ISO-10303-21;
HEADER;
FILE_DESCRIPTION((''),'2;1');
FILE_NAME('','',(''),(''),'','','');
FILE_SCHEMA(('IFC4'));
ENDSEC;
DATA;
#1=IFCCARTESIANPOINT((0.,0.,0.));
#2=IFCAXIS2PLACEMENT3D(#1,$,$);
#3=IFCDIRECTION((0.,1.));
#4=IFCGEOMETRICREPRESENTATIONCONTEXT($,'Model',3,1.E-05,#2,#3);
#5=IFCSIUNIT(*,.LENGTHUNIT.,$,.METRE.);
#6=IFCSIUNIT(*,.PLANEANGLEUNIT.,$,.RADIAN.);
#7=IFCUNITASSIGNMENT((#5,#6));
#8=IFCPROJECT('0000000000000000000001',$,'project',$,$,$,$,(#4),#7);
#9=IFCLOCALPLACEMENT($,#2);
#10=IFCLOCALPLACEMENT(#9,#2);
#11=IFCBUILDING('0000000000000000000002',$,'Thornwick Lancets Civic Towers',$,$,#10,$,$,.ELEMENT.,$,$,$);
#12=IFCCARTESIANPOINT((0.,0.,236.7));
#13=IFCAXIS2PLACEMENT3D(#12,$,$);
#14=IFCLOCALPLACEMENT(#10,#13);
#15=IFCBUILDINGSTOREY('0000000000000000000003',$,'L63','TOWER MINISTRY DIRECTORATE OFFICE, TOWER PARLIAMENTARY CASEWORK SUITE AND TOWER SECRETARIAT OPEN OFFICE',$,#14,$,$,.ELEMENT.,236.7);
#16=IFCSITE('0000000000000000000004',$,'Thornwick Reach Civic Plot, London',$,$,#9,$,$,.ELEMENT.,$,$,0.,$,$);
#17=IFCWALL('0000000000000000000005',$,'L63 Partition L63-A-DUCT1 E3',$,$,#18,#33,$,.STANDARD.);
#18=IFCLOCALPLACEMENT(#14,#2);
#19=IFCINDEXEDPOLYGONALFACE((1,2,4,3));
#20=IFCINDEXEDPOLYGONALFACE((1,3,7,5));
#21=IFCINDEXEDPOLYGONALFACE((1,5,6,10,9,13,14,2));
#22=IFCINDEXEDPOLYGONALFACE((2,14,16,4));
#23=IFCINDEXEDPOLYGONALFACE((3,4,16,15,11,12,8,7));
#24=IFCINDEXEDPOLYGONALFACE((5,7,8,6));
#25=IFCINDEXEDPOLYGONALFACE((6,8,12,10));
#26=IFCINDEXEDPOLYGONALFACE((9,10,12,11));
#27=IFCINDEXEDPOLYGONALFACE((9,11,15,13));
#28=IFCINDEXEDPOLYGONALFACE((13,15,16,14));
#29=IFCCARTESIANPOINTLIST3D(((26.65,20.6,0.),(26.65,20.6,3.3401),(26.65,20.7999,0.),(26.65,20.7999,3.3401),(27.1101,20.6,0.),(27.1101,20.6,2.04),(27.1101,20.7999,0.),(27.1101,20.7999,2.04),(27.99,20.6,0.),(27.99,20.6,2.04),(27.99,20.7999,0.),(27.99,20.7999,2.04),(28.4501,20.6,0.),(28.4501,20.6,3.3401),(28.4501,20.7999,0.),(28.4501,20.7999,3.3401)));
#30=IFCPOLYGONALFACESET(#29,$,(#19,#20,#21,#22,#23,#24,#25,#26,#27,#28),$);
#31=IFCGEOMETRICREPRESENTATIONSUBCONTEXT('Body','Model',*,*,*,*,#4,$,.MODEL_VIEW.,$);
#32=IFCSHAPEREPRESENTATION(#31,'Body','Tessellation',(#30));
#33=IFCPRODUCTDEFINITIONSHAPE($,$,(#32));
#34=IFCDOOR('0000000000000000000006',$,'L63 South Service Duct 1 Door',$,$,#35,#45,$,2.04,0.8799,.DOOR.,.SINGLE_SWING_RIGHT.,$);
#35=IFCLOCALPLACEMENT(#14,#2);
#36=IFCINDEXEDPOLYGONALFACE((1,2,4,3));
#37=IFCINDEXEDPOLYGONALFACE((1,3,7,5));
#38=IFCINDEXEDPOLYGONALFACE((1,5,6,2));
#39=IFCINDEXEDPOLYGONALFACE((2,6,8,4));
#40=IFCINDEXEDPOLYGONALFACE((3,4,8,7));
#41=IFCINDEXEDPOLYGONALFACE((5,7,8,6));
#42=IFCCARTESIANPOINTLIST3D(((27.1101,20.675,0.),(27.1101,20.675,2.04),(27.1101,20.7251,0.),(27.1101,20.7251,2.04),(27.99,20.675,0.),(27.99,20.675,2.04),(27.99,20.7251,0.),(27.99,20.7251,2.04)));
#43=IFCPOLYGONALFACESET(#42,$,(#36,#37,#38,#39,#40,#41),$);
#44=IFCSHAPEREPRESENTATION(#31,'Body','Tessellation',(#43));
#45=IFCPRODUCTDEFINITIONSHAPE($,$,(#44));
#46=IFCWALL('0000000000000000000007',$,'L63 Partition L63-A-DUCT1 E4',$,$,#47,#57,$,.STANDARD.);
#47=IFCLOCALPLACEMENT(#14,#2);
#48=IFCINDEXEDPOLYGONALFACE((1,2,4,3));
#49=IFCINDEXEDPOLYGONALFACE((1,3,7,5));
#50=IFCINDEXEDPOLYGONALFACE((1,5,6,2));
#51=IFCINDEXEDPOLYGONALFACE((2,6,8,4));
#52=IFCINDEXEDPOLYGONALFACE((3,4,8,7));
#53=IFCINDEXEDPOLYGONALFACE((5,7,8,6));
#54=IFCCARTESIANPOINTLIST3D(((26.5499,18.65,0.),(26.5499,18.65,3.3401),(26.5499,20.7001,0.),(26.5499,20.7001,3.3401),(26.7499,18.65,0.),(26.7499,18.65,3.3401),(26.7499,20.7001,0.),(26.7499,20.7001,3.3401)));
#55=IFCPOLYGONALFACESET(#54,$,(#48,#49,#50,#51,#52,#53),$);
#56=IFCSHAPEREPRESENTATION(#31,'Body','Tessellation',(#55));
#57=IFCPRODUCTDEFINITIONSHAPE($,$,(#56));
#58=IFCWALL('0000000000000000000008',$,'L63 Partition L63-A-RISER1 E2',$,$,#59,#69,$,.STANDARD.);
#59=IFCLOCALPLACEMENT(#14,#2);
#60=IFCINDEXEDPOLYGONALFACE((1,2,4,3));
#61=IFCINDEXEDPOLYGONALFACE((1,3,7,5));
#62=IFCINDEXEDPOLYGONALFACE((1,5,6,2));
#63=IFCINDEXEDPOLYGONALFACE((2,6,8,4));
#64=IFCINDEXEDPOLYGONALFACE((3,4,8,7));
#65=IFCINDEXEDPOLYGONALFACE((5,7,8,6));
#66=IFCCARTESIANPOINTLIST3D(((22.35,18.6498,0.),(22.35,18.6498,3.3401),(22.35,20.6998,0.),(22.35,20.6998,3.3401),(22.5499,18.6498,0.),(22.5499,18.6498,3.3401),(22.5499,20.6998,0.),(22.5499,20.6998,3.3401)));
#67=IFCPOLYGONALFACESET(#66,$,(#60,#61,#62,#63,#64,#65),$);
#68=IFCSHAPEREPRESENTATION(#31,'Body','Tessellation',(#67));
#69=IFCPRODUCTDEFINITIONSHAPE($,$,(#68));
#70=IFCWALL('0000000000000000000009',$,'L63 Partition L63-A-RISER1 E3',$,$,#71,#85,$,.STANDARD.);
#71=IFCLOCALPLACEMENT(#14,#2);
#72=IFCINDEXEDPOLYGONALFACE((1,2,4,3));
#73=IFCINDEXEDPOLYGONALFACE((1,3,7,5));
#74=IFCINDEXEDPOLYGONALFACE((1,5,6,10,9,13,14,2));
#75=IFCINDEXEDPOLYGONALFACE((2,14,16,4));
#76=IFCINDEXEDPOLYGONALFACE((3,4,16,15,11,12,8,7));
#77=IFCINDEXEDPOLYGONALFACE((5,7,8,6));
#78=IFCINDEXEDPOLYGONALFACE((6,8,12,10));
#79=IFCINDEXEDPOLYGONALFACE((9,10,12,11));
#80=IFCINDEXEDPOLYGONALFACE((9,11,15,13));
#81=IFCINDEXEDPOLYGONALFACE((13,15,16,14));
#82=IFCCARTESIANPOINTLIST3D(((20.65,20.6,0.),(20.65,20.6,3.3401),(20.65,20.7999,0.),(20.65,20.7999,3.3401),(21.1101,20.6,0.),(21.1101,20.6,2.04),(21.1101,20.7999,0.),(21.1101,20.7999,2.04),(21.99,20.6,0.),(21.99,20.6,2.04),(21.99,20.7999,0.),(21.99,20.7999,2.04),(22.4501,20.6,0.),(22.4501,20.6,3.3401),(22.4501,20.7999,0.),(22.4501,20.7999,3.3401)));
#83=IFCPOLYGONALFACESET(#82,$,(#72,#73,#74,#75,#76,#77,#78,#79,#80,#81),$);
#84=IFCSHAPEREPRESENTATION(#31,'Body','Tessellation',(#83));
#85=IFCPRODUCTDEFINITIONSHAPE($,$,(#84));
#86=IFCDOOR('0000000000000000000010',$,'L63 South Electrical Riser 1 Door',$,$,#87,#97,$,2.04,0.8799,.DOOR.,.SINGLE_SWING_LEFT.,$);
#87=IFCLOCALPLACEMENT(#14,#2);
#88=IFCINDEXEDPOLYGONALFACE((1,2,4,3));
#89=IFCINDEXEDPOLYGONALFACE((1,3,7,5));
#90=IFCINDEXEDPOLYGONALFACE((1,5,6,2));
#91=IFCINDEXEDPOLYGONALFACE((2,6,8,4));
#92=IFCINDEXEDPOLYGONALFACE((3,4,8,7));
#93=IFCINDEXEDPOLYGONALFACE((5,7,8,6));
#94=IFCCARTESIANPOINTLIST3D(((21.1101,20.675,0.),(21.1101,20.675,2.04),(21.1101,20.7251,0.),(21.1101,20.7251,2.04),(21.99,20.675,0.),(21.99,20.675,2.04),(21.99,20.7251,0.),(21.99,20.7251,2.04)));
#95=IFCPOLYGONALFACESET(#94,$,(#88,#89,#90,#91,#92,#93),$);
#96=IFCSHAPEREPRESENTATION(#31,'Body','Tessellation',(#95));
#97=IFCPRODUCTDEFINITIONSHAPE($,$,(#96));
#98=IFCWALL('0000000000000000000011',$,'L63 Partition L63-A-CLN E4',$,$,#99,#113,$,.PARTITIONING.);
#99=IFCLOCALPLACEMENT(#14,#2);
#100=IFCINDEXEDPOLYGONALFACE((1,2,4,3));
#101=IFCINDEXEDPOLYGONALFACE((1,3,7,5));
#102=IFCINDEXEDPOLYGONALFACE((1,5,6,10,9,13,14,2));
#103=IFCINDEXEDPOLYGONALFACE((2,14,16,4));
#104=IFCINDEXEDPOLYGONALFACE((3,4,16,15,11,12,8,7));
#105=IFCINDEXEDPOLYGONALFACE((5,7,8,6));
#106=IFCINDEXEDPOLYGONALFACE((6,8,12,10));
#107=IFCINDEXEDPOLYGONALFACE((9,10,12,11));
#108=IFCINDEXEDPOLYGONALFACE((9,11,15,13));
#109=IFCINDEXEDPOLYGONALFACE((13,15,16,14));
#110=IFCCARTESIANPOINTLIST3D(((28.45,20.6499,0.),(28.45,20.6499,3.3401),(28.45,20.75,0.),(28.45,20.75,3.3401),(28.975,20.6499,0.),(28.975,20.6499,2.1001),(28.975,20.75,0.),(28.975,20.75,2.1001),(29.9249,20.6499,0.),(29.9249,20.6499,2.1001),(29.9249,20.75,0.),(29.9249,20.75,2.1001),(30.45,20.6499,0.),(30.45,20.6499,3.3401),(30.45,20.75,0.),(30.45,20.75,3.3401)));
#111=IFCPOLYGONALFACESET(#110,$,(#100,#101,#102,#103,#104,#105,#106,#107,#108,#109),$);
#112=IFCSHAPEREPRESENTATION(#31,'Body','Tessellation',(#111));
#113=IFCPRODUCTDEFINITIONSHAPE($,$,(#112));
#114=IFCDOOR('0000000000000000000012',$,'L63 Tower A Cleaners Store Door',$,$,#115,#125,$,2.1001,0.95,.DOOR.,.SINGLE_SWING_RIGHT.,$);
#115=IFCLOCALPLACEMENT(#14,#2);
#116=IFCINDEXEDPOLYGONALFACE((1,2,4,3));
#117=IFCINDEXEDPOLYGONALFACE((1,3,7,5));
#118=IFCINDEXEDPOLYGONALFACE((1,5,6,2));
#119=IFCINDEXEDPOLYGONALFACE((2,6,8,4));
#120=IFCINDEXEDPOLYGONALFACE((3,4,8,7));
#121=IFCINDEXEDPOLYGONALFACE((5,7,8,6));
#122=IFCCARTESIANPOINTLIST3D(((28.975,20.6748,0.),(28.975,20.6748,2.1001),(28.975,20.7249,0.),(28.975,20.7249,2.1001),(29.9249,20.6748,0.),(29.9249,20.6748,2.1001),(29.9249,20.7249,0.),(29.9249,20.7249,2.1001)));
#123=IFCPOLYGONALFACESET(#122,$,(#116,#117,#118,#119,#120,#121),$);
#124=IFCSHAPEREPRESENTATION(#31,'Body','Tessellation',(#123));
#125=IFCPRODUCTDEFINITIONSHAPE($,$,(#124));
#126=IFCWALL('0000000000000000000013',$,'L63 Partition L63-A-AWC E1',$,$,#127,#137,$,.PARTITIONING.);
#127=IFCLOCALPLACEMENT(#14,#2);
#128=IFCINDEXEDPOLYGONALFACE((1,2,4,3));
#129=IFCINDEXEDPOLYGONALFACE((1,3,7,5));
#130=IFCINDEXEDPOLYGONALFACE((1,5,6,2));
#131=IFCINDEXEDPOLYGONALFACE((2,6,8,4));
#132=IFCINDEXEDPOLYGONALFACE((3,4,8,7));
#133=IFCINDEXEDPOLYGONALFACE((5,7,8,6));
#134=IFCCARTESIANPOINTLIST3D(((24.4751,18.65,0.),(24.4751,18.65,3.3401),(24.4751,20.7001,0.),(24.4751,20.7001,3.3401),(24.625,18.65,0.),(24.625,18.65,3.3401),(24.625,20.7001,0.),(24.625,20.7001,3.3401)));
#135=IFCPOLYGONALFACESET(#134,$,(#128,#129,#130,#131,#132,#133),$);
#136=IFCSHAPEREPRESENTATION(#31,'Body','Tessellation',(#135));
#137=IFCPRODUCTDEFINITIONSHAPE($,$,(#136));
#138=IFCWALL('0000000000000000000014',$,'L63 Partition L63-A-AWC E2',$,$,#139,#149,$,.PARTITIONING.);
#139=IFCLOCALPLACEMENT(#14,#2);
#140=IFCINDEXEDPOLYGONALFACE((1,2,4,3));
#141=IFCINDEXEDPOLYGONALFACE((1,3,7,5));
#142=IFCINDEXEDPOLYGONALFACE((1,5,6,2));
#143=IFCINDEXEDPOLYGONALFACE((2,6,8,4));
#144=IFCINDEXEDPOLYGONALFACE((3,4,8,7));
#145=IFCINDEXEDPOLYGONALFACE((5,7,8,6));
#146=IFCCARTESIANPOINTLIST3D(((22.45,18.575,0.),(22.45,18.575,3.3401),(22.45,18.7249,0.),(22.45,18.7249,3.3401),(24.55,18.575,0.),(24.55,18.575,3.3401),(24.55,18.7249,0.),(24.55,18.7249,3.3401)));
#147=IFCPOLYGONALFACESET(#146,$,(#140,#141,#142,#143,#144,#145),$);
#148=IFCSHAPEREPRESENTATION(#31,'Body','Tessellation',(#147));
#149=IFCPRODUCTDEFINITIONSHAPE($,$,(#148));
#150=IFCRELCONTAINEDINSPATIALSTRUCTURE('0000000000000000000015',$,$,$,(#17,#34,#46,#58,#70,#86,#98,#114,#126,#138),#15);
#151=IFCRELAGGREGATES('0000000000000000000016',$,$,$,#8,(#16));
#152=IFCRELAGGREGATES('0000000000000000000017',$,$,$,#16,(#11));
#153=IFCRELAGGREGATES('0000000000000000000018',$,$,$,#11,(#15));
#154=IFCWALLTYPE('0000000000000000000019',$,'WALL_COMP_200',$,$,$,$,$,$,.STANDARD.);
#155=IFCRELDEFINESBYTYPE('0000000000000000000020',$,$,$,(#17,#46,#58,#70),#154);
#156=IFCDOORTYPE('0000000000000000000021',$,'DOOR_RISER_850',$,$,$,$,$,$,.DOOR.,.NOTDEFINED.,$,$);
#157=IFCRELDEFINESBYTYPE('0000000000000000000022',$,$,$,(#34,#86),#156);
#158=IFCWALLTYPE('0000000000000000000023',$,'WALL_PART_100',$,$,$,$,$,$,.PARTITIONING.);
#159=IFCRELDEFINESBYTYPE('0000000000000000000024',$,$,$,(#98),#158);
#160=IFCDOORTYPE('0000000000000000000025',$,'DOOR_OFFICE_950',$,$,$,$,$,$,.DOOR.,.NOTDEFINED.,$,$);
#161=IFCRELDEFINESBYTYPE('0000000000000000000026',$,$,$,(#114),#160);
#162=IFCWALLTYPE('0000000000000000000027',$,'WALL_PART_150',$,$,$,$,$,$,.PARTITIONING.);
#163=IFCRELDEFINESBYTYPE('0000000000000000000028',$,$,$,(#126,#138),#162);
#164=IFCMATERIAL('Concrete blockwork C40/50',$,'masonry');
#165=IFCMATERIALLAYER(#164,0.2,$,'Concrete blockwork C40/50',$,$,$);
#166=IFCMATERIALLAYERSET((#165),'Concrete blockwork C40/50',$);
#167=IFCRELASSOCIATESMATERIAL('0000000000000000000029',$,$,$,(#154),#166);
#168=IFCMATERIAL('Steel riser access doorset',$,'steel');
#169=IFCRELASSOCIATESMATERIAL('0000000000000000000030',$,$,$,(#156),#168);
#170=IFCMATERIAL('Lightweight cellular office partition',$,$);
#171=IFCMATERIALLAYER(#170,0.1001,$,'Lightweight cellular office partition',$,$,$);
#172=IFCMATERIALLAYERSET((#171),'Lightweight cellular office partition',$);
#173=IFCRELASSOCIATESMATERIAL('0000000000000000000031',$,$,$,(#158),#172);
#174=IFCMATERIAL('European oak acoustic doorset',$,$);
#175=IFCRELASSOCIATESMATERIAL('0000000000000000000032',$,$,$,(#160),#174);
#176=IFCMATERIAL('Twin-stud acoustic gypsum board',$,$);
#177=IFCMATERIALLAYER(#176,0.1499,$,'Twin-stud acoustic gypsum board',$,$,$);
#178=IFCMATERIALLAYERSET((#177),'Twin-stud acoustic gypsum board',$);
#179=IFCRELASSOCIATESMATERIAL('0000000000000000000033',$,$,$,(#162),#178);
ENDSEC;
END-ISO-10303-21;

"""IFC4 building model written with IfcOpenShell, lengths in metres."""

from ifc_helpers import new_model, si_unit, direction, frame, frame_2d, origin, place, context, subcontext, project, spatial, rectangle, extrude, material, layer, layer_set, type_object, element, fill, save


model = new_model("IFC4")

# Units and contexts
model_context = context("Model", 3, precision=1e-05, world=origin(), true_north=direction((0.0, 1.0)))
body_context = subcontext(model_context, "Body", "Model", "MODEL_VIEW")
ifc_project = project(units=[si_unit("LENGTHUNIT", "METRE"), si_unit("PLANEANGLEUNIT", "RADIAN")], contexts=[model_context])

# Site, building, storey
site_placement = place(None, origin())
site = spatial("IfcSite", under=ifc_project, at=site_placement, Name="Thornwick Reach Civic Plot, London", CompositionType="ELEMENT", RefElevation=0.0)
building_placement = place(site_placement, origin())
building = spatial("IfcBuilding", under=site, at=building_placement, Name="Thornwick Lancets Civic Towers", CompositionType="ELEMENT")
storey_placement = place(building_placement, frame((0.0, 0.0, 236.7)))
storey = spatial("IfcBuildingStorey", under=building, at=storey_placement, Name="L63", Description="TOWER MINISTRY DIRECTORATE OFFICE, TOWER PARLIAMENTARY CASEWORK SUITE AND TOWER SECRETARIAT OPEN OFFICE", CompositionType="ELEMENT", Elevation=236.7)

# Shared definitions
ifc_material_1 = material(Name="Concrete blockwork C40/50", Category="masonry")
ifc_layer_1 = layer(ifc_material_1, 0.2, Name="Concrete blockwork C40/50")
ifc_layer_set_1 = layer_set([ifc_layer_1], Name="Concrete blockwork C40/50")
wall_type_1 = type_object("IfcWallType", Name="WALL_COMP_200", PredefinedType="STANDARD", material=ifc_layer_set_1)

# Wall, opening, door
wall_1_placement = place(storey_placement, frame((28.45, 20.7, 0.0), z_axis=(0.0, 0.0, 1.0), x_axis=(-1.0, 0.0, 0.0)))
wall_1 = element("IfcWall", 1, at=wall_1_placement, inside=storey, type_object=wall_type_1, Name="L63 Partition L63-A-DUCT1 E3", PredefinedType="STANDARD", context=body_context, shape_type="SweptSolid", body=[
    extrude(rectangle(XDim=1.8, YDim=0.2, at=frame_2d((0.8999, 0.0))), origin(), (0.0, 0.0, 1.0), 3.3401),
])
opening_1_placement = place(wall_1_placement, frame((0.46, 0.0, 0.0)))
opening_1 = element("IfcOpeningElement", 2, at=opening_1_placement, cuts=wall_1, PredefinedType="OPENING", context=body_context, shape_type="SweptSolid", body=[
    extrude(rectangle(XDim=0.8799, YDim=2.04, at=frame_2d((0.4399, 1.02))), frame((0.0, 0.1099, 0.0), z_axis=(0.0, -1.0, 0.0), x_axis=(1.0, 0.0, 0.0)), (0.0, 0.0, 1.0), 0.22),
])
ifc_material_2 = material(Name="Steel riser access doorset", Category="steel")
door_type_1 = type_object("IfcDoorType", Name="DOOR_RISER_850", OperationType="NOTDEFINED", PredefinedType="DOOR", material=ifc_material_2)
door_1_placement = place(opening_1_placement, origin())
door_1 = element("IfcDoor", 3, at=door_1_placement, inside=storey, type_object=door_type_1, Name="L63 South Service Duct 1 Door", OperationType="SINGLE_SWING_RIGHT", OverallHeight=2.04, OverallWidth=0.8799, PredefinedType="DOOR", context=body_context, shape_type="SweptSolid", body=[
    extrude(rectangle(XDim=0.8799, YDim=2.04, at=frame_2d((0.4399, 1.02))), frame((0.0, 0.0249, 0.0), z_axis=(0.0, -1.0, 0.0), x_axis=(1.0, 0.0, 0.0)), (0.0, 0.0, 1.0), 0.05),
])
fill(opening_1, door_1)

# Walls
for number, where, z_axis, x_axis, name in (
    (4, (26.6499, 20.7, 0.0), (0.0, 0.0, 1.0), (0.0, -1.0, 0.0), "L63 Partition L63-A-DUCT1 E4"),
    (5, (22.45, 18.6499, 0.0), (0.0, 0.0, 1.0), (0.0, 1.0, 0.0), "L63 Partition L63-A-RISER1 E2"),
):
    element("IfcWall", number, at=place(storey_placement, frame(where, z_axis=z_axis, x_axis=x_axis)), inside=storey, type_object=wall_type_1, Name=name, PredefinedType="STANDARD", context=body_context, shape_type="SweptSolid", body=[
        extrude(rectangle(XDim=2.05, YDim=0.2, at=frame_2d((1.0249, 0.0))), origin(), (0.0, 0.0, 1.0), 3.3401),
    ])

# Walls, openings, doors
wall_2_placement = place(storey_placement, frame((22.45, 20.7, 0.0), z_axis=(0.0, 0.0, 1.0), x_axis=(-1.0, 0.0, 0.0)))
wall_2 = element("IfcWall", 6, at=wall_2_placement, inside=storey, type_object=wall_type_1, Name="L63 Partition L63-A-RISER1 E3", PredefinedType="STANDARD", context=body_context, shape_type="SweptSolid", body=[
    extrude(rectangle(XDim=1.8, YDim=0.2, at=frame_2d((0.8999, 0.0))), origin(), (0.0, 0.0, 1.0), 3.3401),
])
opening_2_placement = place(wall_2_placement, frame((0.46, 0.0, 0.0)))
opening_2 = element("IfcOpeningElement", 7, at=opening_2_placement, cuts=wall_2, PredefinedType="OPENING", context=body_context, shape_type="SweptSolid", body=[
    extrude(rectangle(XDim=0.8799, YDim=2.04, at=frame_2d((0.4399, 1.02))), frame((0.0, 0.1099, 0.0), z_axis=(0.0, -1.0, 0.0), x_axis=(1.0, 0.0, 0.0)), (0.0, 0.0, 1.0), 0.22),
])
door_2_placement = place(opening_2_placement, origin())
door_2 = element("IfcDoor", 8, at=door_2_placement, inside=storey, type_object=door_type_1, Name="L63 South Electrical Riser 1 Door", OperationType="SINGLE_SWING_LEFT", OverallHeight=2.04, OverallWidth=0.8799, PredefinedType="DOOR", context=body_context, shape_type="SweptSolid", body=[
    extrude(rectangle(XDim=0.8799, YDim=2.04, at=frame_2d((0.4399, 1.02))), frame((0.0, 0.0249, 0.0), z_axis=(0.0, -1.0, 0.0), x_axis=(1.0, 0.0, 0.0)), (0.0, 0.0, 1.0), 0.05),
])
fill(opening_2, door_2)
ifc_material_3 = material(Name="Lightweight cellular office partition")
ifc_layer_2 = layer(ifc_material_3, 0.1001, Name="Lightweight cellular office partition")
ifc_layer_set_2 = layer_set([ifc_layer_2], Name="Lightweight cellular office partition")
wall_type_2 = type_object("IfcWallType", Name="WALL_PART_100", PredefinedType="PARTITIONING", material=ifc_layer_set_2)
wall_3_placement = place(storey_placement, frame((28.45, 20.7, 0.0), z_axis=(0.0, 0.0, 1.0), x_axis=(1.0, 0.0, 0.0)))
wall_3 = element("IfcWall", 9, at=wall_3_placement, inside=storey, type_object=wall_type_2, Name="L63 Partition L63-A-CLN E4", PredefinedType="PARTITIONING", context=body_context, shape_type="SweptSolid", body=[
    extrude(rectangle(XDim=2.0, YDim=0.1001, at=frame_2d((1.0, 0.0))), origin(), (0.0, 0.0, 1.0), 3.3401),
])
opening_3_placement = place(wall_3_placement, frame((0.5249, 0.0, 0.0)))
opening_3 = element("IfcOpeningElement", 10, at=opening_3_placement, cuts=wall_3, PredefinedType="OPENING", context=body_context, shape_type="SweptSolid", body=[
    extrude(rectangle(XDim=0.95, YDim=2.1001, at=frame_2d((0.4751, 1.05))), frame((0.0, 0.0601, 0.0), z_axis=(0.0, -1.0, 0.0), x_axis=(1.0, 0.0, 0.0)), (0.0, 0.0, 1.0), 0.1201),
])
ifc_material_4 = material(Name="European oak acoustic doorset")
door_type_2 = type_object("IfcDoorType", Name="DOOR_OFFICE_950", OperationType="NOTDEFINED", PredefinedType="DOOR", material=ifc_material_4)
door_3_placement = place(opening_3_placement, origin())
door_3 = element("IfcDoor", 11, at=door_3_placement, inside=storey, type_object=door_type_2, Name="L63 Tower A Cleaners Store Door", OperationType="SINGLE_SWING_RIGHT", OverallHeight=2.1001, OverallWidth=0.95, PredefinedType="DOOR", context=body_context, shape_type="SweptSolid", body=[
    extrude(rectangle(XDim=0.95, YDim=2.1001, at=frame_2d((0.4751, 1.05))), frame((0.0, 0.0249, 0.0), z_axis=(0.0, -1.0, 0.0), x_axis=(1.0, 0.0, 0.0)), (0.0, 0.0, 1.0), 0.05),
])
fill(opening_3, door_3)

# Walls
ifc_material_5 = material(Name="Twin-stud acoustic gypsum board")
ifc_layer_3 = layer(ifc_material_5, 0.1499, Name="Twin-stud acoustic gypsum board")
ifc_layer_set_3 = layer_set([ifc_layer_3], Name="Twin-stud acoustic gypsum board")
wall_type_3 = type_object("IfcWallType", Name="WALL_PART_150", PredefinedType="PARTITIONING", material=ifc_layer_set_3)
wall_4_placement = place(storey_placement, frame((24.55, 20.7, 0.0), z_axis=(0.0, 0.0, 1.0), x_axis=(0.0, -1.0, 0.0)))
element("IfcWall", 12, at=wall_4_placement, inside=storey, type_object=wall_type_3, Name="L63 Partition L63-A-AWC E1", PredefinedType="PARTITIONING", context=body_context, shape_type="SweptSolid", body=[
    extrude(rectangle(XDim=2.05, YDim=0.1499, at=frame_2d((1.0249, 0.0))), origin(), (0.0, 0.0, 1.0), 3.3401),
])
wall_5_placement = place(storey_placement, frame((24.55, 18.6499, 0.0), z_axis=(0.0, 0.0, 1.0), x_axis=(-1.0, 0.0, 0.0)))
element("IfcWall", 13, at=wall_5_placement, inside=storey, type_object=wall_type_3, Name="L63 Partition L63-A-AWC E2", PredefinedType="PARTITIONING", context=body_context, shape_type="SweptSolid", body=[
    extrude(rectangle(XDim=2.1001, YDim=0.1499, at=frame_2d((1.05, 0.0))), origin(), (0.0, 0.0, 1.0), 3.3401),
])

save(model, "model.ifc")
